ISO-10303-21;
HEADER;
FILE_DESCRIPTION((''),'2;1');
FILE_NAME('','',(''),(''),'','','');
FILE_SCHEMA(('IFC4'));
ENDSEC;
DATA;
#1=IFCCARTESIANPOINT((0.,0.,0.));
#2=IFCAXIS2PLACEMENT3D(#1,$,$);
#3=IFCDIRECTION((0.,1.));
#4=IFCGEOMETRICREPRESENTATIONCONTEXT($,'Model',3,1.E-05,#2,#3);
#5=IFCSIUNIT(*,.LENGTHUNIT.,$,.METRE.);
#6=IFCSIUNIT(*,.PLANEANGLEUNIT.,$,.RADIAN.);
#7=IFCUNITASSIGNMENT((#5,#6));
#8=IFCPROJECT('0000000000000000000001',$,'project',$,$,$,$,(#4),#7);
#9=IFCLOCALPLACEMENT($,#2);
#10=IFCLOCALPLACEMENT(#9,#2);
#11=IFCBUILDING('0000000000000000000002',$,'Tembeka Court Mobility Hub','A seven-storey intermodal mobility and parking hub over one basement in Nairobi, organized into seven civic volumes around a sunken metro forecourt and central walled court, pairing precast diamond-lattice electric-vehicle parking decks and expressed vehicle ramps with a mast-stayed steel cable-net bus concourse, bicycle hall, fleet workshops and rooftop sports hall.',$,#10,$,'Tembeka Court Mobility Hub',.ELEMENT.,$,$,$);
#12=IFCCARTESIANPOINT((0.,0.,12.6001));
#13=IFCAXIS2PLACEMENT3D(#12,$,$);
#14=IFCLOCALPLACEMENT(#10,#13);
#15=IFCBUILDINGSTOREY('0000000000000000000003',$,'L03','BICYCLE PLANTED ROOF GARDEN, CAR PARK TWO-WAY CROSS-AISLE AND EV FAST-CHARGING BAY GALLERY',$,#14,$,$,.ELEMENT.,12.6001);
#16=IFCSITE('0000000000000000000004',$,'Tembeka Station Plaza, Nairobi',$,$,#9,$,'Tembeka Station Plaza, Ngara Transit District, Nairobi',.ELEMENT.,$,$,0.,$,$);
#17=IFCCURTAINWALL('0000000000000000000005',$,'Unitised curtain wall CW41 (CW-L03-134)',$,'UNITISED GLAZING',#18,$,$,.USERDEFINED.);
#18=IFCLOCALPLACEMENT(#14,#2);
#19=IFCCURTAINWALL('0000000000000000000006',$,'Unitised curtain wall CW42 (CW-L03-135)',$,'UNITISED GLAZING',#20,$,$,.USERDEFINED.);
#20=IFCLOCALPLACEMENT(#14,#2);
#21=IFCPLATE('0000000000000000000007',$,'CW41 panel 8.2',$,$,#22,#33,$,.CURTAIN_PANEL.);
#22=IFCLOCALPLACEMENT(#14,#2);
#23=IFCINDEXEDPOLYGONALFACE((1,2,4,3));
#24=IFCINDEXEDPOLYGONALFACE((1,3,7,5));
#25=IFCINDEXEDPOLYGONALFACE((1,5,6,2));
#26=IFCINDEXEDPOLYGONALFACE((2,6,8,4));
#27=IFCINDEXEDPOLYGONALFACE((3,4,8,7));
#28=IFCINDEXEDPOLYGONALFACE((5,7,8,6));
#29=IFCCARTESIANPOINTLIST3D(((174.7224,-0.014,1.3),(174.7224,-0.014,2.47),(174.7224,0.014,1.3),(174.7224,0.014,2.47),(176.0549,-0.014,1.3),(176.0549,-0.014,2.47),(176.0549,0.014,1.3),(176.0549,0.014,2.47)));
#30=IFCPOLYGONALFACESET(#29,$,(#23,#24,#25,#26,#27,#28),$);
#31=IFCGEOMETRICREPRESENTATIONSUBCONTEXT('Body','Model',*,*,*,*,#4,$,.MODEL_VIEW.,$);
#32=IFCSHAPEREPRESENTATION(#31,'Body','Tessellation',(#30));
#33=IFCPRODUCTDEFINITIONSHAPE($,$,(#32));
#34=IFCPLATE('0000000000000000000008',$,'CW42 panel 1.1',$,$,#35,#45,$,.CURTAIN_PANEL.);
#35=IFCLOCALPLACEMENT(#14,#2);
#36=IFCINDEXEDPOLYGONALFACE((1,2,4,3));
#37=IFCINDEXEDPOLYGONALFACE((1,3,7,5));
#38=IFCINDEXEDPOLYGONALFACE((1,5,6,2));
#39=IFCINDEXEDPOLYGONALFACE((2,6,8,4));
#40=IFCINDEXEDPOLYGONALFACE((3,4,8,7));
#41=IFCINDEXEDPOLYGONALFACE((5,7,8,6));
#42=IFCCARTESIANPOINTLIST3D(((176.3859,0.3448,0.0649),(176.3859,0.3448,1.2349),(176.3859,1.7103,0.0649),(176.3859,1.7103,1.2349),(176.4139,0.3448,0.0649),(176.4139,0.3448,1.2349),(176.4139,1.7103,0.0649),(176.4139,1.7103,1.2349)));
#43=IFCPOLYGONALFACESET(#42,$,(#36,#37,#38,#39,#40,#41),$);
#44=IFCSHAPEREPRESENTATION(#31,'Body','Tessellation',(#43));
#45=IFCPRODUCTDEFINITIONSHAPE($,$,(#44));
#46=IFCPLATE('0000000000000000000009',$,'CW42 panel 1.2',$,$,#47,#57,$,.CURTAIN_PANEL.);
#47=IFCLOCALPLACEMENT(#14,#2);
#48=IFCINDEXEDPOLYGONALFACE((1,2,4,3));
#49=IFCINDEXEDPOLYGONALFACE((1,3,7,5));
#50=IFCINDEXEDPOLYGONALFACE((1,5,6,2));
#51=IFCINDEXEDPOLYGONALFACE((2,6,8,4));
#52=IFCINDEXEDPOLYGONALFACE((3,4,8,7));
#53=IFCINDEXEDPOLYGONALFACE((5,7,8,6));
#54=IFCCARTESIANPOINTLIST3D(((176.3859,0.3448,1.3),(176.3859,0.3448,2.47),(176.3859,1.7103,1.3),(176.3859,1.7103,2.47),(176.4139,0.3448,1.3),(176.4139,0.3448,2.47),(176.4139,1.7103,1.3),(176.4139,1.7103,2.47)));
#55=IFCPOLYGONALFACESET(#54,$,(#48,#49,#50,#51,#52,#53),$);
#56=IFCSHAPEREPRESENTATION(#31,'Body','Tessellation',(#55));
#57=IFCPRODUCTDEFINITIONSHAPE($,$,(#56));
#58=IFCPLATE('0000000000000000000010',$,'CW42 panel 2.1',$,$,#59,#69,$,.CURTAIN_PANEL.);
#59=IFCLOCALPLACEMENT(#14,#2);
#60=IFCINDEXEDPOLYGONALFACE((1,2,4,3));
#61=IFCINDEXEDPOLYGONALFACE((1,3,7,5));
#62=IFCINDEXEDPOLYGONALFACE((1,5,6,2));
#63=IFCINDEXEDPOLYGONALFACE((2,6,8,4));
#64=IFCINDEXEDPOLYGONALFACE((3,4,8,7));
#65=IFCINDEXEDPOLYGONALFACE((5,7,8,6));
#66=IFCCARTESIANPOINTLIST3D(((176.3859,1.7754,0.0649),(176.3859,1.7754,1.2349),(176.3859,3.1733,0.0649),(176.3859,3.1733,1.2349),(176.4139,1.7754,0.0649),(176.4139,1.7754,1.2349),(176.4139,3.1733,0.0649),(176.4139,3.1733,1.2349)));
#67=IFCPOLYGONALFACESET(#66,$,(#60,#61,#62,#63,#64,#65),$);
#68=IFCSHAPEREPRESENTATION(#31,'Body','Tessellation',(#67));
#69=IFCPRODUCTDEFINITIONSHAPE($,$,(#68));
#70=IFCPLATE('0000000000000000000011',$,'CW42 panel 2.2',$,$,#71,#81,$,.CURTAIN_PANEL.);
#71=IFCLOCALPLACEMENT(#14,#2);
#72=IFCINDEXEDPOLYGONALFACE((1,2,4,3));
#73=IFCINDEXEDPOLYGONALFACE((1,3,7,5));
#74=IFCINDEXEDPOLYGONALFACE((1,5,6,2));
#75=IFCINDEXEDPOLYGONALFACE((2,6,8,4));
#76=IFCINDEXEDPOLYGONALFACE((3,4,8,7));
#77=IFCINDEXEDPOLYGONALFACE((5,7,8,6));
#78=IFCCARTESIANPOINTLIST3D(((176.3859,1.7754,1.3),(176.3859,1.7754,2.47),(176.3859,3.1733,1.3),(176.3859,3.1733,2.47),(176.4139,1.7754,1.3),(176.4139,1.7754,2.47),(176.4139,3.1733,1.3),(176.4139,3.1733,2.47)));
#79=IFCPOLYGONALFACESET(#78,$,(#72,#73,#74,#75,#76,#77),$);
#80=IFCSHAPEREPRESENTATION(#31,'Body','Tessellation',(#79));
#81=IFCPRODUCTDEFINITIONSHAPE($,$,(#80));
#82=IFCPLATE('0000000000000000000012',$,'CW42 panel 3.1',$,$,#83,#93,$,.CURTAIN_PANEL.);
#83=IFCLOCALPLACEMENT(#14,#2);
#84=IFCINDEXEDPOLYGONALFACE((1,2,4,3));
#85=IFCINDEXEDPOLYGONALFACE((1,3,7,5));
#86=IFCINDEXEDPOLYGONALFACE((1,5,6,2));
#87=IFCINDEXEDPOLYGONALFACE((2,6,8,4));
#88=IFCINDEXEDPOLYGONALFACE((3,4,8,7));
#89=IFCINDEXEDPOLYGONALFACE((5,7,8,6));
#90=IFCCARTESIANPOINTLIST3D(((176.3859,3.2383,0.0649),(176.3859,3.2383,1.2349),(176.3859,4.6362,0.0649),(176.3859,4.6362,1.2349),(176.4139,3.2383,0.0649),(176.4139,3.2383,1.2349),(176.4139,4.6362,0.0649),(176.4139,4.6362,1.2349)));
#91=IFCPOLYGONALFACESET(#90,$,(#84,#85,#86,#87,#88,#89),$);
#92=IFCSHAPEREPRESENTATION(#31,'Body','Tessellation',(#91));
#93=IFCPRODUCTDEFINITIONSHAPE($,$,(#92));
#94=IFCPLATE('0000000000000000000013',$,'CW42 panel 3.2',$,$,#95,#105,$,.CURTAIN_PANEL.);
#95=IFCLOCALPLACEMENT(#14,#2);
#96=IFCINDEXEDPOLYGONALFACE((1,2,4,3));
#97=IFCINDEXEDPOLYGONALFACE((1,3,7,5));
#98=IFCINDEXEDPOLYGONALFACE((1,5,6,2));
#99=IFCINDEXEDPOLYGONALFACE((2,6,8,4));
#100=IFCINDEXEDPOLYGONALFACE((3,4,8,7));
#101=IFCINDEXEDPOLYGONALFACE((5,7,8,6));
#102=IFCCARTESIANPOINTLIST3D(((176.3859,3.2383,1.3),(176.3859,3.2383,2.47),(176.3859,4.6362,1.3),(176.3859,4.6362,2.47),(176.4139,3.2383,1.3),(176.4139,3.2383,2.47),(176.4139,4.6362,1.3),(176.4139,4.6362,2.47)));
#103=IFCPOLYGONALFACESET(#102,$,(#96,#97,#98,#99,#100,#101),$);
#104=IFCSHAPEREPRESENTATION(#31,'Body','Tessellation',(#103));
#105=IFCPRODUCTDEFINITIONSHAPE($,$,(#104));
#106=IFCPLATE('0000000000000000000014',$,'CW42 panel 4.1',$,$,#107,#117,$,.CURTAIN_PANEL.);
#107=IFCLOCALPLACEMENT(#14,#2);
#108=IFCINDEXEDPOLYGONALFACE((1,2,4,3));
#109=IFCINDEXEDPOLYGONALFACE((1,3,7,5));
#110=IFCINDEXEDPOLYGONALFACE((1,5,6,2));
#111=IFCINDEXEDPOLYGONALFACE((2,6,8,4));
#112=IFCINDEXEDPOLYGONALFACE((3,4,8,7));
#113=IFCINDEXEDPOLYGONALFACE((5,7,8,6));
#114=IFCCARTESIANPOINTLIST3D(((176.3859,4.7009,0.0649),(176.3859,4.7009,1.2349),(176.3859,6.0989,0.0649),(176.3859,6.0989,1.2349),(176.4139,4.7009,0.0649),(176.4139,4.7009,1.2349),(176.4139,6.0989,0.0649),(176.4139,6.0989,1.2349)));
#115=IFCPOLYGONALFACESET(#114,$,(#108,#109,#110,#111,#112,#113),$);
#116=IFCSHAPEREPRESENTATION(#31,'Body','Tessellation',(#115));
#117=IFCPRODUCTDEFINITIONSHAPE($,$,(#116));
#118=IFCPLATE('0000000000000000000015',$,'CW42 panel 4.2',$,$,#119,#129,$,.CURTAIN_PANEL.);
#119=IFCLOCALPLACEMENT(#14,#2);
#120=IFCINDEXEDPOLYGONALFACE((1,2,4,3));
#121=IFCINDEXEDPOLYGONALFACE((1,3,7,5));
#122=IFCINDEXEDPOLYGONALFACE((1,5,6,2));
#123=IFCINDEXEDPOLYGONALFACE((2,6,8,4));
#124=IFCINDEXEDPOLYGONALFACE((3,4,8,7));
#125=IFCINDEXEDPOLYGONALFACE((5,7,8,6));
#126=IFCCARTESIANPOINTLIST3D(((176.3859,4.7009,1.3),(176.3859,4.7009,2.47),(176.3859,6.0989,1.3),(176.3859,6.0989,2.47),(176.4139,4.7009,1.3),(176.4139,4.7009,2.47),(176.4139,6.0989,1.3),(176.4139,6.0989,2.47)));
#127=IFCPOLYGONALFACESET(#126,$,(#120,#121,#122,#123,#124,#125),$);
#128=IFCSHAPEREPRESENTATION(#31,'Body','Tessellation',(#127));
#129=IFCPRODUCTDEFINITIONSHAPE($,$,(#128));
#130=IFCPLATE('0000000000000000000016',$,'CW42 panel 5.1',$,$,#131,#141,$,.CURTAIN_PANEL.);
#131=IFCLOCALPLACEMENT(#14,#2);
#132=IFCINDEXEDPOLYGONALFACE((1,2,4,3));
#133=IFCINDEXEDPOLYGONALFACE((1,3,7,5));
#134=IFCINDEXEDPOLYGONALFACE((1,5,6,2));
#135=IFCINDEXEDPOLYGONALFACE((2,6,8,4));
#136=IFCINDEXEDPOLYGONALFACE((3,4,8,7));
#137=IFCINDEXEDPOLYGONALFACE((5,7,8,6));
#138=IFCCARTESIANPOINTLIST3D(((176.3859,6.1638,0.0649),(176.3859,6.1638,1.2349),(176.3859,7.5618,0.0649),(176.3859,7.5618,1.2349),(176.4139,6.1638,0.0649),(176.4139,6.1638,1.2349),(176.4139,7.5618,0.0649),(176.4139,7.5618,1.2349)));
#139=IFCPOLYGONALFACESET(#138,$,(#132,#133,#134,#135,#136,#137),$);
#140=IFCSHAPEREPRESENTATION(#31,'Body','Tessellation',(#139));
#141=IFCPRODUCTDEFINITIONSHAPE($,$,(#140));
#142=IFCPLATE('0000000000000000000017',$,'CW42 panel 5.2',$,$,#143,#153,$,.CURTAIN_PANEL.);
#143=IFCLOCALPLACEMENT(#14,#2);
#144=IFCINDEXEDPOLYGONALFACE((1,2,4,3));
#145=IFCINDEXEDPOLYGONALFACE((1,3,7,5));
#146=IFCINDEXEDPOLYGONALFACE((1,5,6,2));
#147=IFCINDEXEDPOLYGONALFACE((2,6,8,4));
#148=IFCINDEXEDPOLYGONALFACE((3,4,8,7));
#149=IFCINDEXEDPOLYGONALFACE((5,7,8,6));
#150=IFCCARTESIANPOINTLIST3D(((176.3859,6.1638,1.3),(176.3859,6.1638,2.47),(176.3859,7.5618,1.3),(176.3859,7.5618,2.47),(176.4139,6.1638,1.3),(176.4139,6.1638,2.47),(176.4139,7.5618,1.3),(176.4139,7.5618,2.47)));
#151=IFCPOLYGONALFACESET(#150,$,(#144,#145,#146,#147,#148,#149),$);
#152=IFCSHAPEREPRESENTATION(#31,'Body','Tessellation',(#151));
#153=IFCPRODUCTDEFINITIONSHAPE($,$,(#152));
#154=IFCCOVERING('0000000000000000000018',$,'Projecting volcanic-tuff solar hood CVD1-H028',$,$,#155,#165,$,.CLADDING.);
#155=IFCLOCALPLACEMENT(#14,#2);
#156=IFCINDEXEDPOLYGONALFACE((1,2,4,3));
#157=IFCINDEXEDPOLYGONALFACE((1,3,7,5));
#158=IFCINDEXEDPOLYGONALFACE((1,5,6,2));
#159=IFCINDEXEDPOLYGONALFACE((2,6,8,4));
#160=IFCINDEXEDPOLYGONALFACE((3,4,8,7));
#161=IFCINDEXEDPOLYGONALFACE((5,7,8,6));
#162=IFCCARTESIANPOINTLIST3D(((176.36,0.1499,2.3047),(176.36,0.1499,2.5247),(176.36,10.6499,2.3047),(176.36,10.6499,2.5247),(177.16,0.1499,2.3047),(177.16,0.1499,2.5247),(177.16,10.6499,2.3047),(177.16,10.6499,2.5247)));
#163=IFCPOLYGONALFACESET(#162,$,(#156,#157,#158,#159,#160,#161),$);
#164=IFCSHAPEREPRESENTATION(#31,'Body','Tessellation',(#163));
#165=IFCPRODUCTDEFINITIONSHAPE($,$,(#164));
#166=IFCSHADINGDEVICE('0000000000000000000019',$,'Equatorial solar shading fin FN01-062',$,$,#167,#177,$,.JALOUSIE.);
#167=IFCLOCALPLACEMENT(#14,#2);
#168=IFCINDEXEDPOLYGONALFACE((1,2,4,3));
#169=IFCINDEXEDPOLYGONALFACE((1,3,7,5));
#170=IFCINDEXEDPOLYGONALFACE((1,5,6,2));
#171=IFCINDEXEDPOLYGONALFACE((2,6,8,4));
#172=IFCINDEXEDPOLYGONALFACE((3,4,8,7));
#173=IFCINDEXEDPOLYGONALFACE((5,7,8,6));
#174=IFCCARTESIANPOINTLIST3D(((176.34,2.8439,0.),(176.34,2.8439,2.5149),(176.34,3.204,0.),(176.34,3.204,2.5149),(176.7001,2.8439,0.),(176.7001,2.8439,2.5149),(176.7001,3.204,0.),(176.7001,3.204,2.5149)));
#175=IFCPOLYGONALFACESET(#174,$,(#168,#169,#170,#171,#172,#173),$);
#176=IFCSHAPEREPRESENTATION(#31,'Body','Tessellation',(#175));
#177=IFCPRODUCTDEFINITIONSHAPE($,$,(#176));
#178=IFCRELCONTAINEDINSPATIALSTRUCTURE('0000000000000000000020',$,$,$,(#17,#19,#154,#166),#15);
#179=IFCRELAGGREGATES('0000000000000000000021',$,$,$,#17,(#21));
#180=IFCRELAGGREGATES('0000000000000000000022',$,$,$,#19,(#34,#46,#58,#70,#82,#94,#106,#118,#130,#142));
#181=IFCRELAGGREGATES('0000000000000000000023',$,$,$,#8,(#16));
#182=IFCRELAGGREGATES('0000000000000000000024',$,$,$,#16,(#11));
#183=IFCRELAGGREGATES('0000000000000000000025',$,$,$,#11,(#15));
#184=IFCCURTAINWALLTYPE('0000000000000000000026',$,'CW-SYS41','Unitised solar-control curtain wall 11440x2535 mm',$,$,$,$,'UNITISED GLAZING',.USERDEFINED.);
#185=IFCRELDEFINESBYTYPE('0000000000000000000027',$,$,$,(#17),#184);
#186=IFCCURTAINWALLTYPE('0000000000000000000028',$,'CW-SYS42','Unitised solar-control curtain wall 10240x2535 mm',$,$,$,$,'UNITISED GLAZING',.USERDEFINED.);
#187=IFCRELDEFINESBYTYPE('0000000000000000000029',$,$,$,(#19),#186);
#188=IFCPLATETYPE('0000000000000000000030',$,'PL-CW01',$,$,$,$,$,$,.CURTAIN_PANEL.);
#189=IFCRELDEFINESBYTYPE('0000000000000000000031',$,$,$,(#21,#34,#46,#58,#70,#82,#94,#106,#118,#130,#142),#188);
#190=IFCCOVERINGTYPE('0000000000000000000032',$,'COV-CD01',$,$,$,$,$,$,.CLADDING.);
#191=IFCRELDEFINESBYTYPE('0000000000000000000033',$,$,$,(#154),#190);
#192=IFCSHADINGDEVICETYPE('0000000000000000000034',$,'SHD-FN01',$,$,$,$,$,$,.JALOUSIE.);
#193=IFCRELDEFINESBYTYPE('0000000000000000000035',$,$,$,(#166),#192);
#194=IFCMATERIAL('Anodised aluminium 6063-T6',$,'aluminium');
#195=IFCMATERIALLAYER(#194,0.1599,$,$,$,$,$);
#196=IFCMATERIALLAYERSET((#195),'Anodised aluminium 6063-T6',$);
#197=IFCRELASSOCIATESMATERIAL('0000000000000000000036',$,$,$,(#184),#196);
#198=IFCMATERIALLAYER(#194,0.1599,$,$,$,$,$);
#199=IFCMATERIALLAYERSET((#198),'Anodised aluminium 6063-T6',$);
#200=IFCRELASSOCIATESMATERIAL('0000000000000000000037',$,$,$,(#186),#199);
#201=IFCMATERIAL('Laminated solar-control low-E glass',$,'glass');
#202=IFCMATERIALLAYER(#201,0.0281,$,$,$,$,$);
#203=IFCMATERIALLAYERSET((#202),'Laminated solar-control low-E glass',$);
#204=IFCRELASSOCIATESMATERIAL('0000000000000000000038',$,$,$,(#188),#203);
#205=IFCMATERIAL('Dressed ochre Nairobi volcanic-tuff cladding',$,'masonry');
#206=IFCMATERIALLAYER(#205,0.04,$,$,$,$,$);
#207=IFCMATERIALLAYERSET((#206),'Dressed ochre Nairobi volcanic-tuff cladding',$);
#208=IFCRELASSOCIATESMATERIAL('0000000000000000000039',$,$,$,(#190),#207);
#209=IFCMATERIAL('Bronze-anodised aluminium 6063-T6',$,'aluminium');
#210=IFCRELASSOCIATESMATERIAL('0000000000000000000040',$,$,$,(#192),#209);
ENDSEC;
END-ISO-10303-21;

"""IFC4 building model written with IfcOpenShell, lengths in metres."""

from ifc_helpers import new_model, si_unit, direction, frame, origin, origin_2d, place, context, subcontext, project, spatial, rectangle, extrude, material, layer, layer_set, material_profile, profile_set, type_object, element, aggregate, save


model = new_model("IFC4")

# Units and contexts
model_context = context("Model", 3, precision=1e-05, world=origin(), true_north=direction((0.0, 1.0)))
body_context = subcontext(model_context, "Body", "Model", "MODEL_VIEW")
ifc_project = project(units=[si_unit("LENGTHUNIT", "METRE"), si_unit("PLANEANGLEUNIT", "RADIAN")], contexts=[model_context])

# Site, building, storey
site_placement = place(None, origin())
site = spatial("IfcSite", under=ifc_project, at=site_placement, Name="Tembeka Station Plaza, Nairobi", LongName="Tembeka Station Plaza, Ngara Transit District, Nairobi", CompositionType="ELEMENT", RefElevation=0.0)
building_placement = place(site_placement, origin())
building = spatial("IfcBuilding", under=site, at=building_placement, Name="Tembeka Court Mobility Hub", Description="A seven-storey intermodal mobility and parking hub over one basement in Nairobi, organized into seven civic volumes around a sunken metro forecourt and central walled court, pairing precast diamond-lattice electric-vehicle parking decks and expressed vehicle ramps with a mast-stayed steel cable-net bus concourse, bicycle hall, fleet workshops and rooftop sports hall.", LongName="Tembeka Court Mobility Hub", CompositionType="ELEMENT")
storey_placement = place(building_placement, frame((0.0, 0.0, 12.6001)))
storey = spatial("IfcBuildingStorey", under=building, at=storey_placement, Name="L03", Description="BICYCLE PLANTED ROOF GARDEN, CAR PARK TWO-WAY CROSS-AISLE AND EV FAST-CHARGING BAY GALLERY", CompositionType="ELEMENT", Elevation=12.6001)

# Curtain wall
ifc_material_1 = material(Name="Anodised aluminium 6063-T6", Category="aluminium")
ifc_layer_1 = layer(ifc_material_1, 0.1599)
ifc_layer_set_1 = layer_set([ifc_layer_1], Name="Anodised aluminium 6063-T6")
curtain_wall_type_1 = type_object("IfcCurtainWallType", Name="CW-SYS41", Description="Unitised solar-control curtain wall 11440x2535 mm", ElementType="UNITISED GLAZING", PredefinedType="USERDEFINED", material=ifc_layer_set_1)
curtain_wall_1_placement = place(storey_placement, origin())
curtain_wall_1 = element("IfcCurtainWall", 1, at=curtain_wall_1_placement, inside=storey, type_object=curtain_wall_type_1, Name="Unitised curtain wall CW41 (CW-L03-134)", ObjectType="UNITISED GLAZING", PredefinedType="USERDEFINED")

# Curtain wall
ifc_layer_2 = layer(ifc_material_1, 0.1599)
ifc_layer_set_2 = layer_set([ifc_layer_2], Name="Anodised aluminium 6063-T6")
curtain_wall_type_2 = type_object("IfcCurtainWallType", Name="CW-SYS42", Description="Unitised solar-control curtain wall 10240x2535 mm", ElementType="UNITISED GLAZING", PredefinedType="USERDEFINED", material=ifc_layer_set_2)
curtain_wall_2_placement = place(storey_placement, origin())
curtain_wall_2 = element("IfcCurtainWall", 2, at=curtain_wall_2_placement, inside=storey, type_object=curtain_wall_type_2, Name="Unitised curtain wall CW42 (CW-L03-135)", ObjectType="UNITISED GLAZING", PredefinedType="USERDEFINED")

# Plates
ifc_material_2 = material(Name="Laminated solar-control low-E glass", Category="glass")
ifc_layer_3 = layer(ifc_material_2, 0.0281)
ifc_layer_set_3 = layer_set([ifc_layer_3], Name="Laminated solar-control low-E glass")
plate_type = type_object("IfcPlateType", Name="PL-CW01", PredefinedType="CURTAIN_PANEL", material=ifc_layer_set_3)
plate_1_placement = place(storey_placement, frame((175.3887, 0.0, 1.3), z_axis=(0.0, 0.0, 1.0), x_axis=(1.0, 0.0, 0.0)))
plate_1 = element("IfcPlate", 3, at=plate_1_placement, type_object=plate_type, Name="CW41 panel 8.2", PredefinedType="CURTAIN_PANEL", context=body_context, shape_type="SweptSolid", body=[
    extrude(rectangle(XDim=1.3325, YDim=0.0281, at=origin_2d()), origin(), (0.0, 0.0, 1.0), 1.1699),
])
aggregate(curtain_wall_1, [plate_1])
plate_2_placement = place(storey_placement, frame((176.3999, 1.0276, 0.0649), z_axis=(0.0, 0.0, 1.0), x_axis=(0.0, 1.0, 0.0)))
plate_2 = element("IfcPlate", 4, at=plate_2_placement, type_object=plate_type, Name="CW42 panel 1.1", PredefinedType="CURTAIN_PANEL", context=body_context, shape_type="SweptSolid", body=[
    extrude(rectangle(XDim=1.3655, YDim=0.0281, at=origin_2d()), origin(), (0.0, 0.0, 1.0), 1.1699),
])
plate_3_placement = place(storey_placement, frame((176.3999, 1.0276, 1.3), z_axis=(0.0, 0.0, 1.0), x_axis=(0.0, 1.0, 0.0)))
plate_3 = element("IfcPlate", 5, at=plate_3_placement, type_object=plate_type, Name="CW42 panel 1.2", PredefinedType="CURTAIN_PANEL", context=body_context, shape_type="SweptSolid", body=[
    extrude(rectangle(XDim=1.3655, YDim=0.0281, at=origin_2d()), origin(), (0.0, 0.0, 1.0), 1.1699),
])
plate_4_placement = place(storey_placement, frame((176.3999, 2.4744, 0.0649), z_axis=(0.0, 0.0, 1.0), x_axis=(0.0, 1.0, 0.0)))
plate_4 = element("IfcPlate", 6, at=plate_4_placement, type_object=plate_type, Name="CW42 panel 2.1", PredefinedType="CURTAIN_PANEL", context=body_context, shape_type="SweptSolid", body=[
    extrude(rectangle(XDim=1.3979, YDim=0.0281, at=origin_2d()), origin(), (0.0, 0.0, 1.0), 1.1699),
])
plate_5_placement = place(storey_placement, frame((176.3999, 2.4744, 1.3), z_axis=(0.0, 0.0, 1.0), x_axis=(0.0, 1.0, 0.0)))
plate_5 = element("IfcPlate", 7, at=plate_5_placement, type_object=plate_type, Name="CW42 panel 2.2", PredefinedType="CURTAIN_PANEL", context=body_context, shape_type="SweptSolid", body=[
    extrude(rectangle(XDim=1.3979, YDim=0.0281, at=origin_2d()), origin(), (0.0, 0.0, 1.0), 1.1699),
])
plate_6_placement = place(storey_placement, frame((176.3999, 3.9373, 0.0649), z_axis=(0.0, 0.0, 1.0), x_axis=(0.0, 1.0, 0.0)))
plate_6 = element("IfcPlate", 8, at=plate_6_placement, type_object=plate_type, Name="CW42 panel 3.1", PredefinedType="CURTAIN_PANEL", context=body_context, shape_type="SweptSolid", body=[
    extrude(rectangle(XDim=1.3979, YDim=0.0281, at=origin_2d()), origin(), (0.0, 0.0, 1.0), 1.1699),
])
plate_7_placement = place(storey_placement, frame((176.3999, 3.9373, 1.3), z_axis=(0.0, 0.0, 1.0), x_axis=(0.0, 1.0, 0.0)))
plate_7 = element("IfcPlate", 9, at=plate_7_placement, type_object=plate_type, Name="CW42 panel 3.2", PredefinedType="CURTAIN_PANEL", context=body_context, shape_type="SweptSolid", body=[
    extrude(rectangle(XDim=1.3979, YDim=0.0281, at=origin_2d()), origin(), (0.0, 0.0, 1.0), 1.1699),
])
plate_8_placement = place(storey_placement, frame((176.3999, 5.3999, 0.0649), z_axis=(0.0, 0.0, 1.0), x_axis=(0.0, 1.0, 0.0)))
plate_8 = element("IfcPlate", 10, at=plate_8_placement, type_object=plate_type, Name="CW42 panel 4.1", PredefinedType="CURTAIN_PANEL", context=body_context, shape_type="SweptSolid", body=[
    extrude(rectangle(XDim=1.3979, YDim=0.0281, at=origin_2d()), origin(), (0.0, 0.0, 1.0), 1.1699),
])
plate_9_placement = place(storey_placement, frame((176.3999, 5.3999, 1.3), z_axis=(0.0, 0.0, 1.0), x_axis=(0.0, 1.0, 0.0)))
plate_9 = element("IfcPlate", 11, at=plate_9_placement, type_object=plate_type, Name="CW42 panel 4.2", PredefinedType="CURTAIN_PANEL", context=body_context, shape_type="SweptSolid", body=[
    extrude(rectangle(XDim=1.3979, YDim=0.0281, at=origin_2d()), origin(), (0.0, 0.0, 1.0), 1.1699),
])
plate_10_placement = place(storey_placement, frame((176.3999, 6.8628, 0.0649), z_axis=(0.0, 0.0, 1.0), x_axis=(0.0, 1.0, 0.0)))
plate_10 = element("IfcPlate", 12, at=plate_10_placement, type_object=plate_type, Name="CW42 panel 5.1", PredefinedType="CURTAIN_PANEL", context=body_context, shape_type="SweptSolid", body=[
    extrude(rectangle(XDim=1.3979, YDim=0.0281, at=origin_2d()), origin(), (0.0, 0.0, 1.0), 1.1699),
])
plate_11_placement = place(storey_placement, frame((176.3999, 6.8628, 1.3), z_axis=(0.0, 0.0, 1.0), x_axis=(0.0, 1.0, 0.0)))
plate_11 = element("IfcPlate", 13, at=plate_11_placement, type_object=plate_type, Name="CW42 panel 5.2", PredefinedType="CURTAIN_PANEL", context=body_context, shape_type="SweptSolid", body=[
    extrude(rectangle(XDim=1.3979, YDim=0.0281, at=origin_2d()), origin(), (0.0, 0.0, 1.0), 1.1699),
])
aggregate(curtain_wall_2, [plate_2, plate_3, plate_4, plate_5, plate_6, plate_7, plate_8, plate_9, plate_10, plate_11])

# Covering
ifc_material_3 = material(Name="Dressed ochre Nairobi volcanic-tuff cladding", Category="masonry")
ifc_layer_4 = layer(ifc_material_3, 0.04)
ifc_layer_set_4 = layer_set([ifc_layer_4], Name="Dressed ochre Nairobi volcanic-tuff cladding")
covering_type = type_object("IfcCoveringType", Name="COV-CD01", PredefinedType="CLADDING", material=ifc_layer_set_4)
covering_placement = place(storey_placement, frame((176.76, 5.3999, 2.3047), z_axis=(0.0, 0.0, 1.0), x_axis=(0.0, 1.0, 0.0)))
element("IfcCovering", 14, at=covering_placement, inside=storey, type_object=covering_type, Name="Projecting volcanic-tuff solar hood CVD1-H028", PredefinedType="CLADDING", context=body_context, shape_type="SweptSolid", body=[
    extrude(rectangle(XDim=10.5, YDim=0.8, at=origin_2d()), origin(), (0.0, 0.0, 1.0), 0.22),
])

# Shading device
ifc_material_4 = material(Name="Bronze-anodised aluminium 6063-T6", Category="aluminium")
ifc_material_profile_1 = material_profile(ifc_material_4, rectangle(XDim=0.3601, YDim=0.3601, at=origin_2d()), Name="ALU-FIN 360x360")
ifc_profile_set_1 = profile_set([ifc_material_profile_1], Name="Bronze-anodised aluminium 6063-T6")
shading_device_type = type_object("IfcShadingDeviceType", Name="SHD-FN01", PredefinedType="JALOUSIE", material=ifc_profile_set_1)
shading_device_placement = place(storey_placement, frame((176.52, 3.0239, 0.0), z_axis=(0.0, 0.0, 1.0), x_axis=(1.0, 0.0, 0.0)))
element("IfcShadingDevice", 15, at=shading_device_placement, inside=storey, type_object=shading_device_type, Name="Equatorial solar shading fin FN01-062", PredefinedType="JALOUSIE", context=body_context, shape_type="SweptSolid", body=[
    extrude(rectangle(XDim=0.3601, YDim=0.3601, at=origin_2d()), origin(), (0.0, 0.0, 1.0), 2.5149),
])

save(model, "model.ifc")
